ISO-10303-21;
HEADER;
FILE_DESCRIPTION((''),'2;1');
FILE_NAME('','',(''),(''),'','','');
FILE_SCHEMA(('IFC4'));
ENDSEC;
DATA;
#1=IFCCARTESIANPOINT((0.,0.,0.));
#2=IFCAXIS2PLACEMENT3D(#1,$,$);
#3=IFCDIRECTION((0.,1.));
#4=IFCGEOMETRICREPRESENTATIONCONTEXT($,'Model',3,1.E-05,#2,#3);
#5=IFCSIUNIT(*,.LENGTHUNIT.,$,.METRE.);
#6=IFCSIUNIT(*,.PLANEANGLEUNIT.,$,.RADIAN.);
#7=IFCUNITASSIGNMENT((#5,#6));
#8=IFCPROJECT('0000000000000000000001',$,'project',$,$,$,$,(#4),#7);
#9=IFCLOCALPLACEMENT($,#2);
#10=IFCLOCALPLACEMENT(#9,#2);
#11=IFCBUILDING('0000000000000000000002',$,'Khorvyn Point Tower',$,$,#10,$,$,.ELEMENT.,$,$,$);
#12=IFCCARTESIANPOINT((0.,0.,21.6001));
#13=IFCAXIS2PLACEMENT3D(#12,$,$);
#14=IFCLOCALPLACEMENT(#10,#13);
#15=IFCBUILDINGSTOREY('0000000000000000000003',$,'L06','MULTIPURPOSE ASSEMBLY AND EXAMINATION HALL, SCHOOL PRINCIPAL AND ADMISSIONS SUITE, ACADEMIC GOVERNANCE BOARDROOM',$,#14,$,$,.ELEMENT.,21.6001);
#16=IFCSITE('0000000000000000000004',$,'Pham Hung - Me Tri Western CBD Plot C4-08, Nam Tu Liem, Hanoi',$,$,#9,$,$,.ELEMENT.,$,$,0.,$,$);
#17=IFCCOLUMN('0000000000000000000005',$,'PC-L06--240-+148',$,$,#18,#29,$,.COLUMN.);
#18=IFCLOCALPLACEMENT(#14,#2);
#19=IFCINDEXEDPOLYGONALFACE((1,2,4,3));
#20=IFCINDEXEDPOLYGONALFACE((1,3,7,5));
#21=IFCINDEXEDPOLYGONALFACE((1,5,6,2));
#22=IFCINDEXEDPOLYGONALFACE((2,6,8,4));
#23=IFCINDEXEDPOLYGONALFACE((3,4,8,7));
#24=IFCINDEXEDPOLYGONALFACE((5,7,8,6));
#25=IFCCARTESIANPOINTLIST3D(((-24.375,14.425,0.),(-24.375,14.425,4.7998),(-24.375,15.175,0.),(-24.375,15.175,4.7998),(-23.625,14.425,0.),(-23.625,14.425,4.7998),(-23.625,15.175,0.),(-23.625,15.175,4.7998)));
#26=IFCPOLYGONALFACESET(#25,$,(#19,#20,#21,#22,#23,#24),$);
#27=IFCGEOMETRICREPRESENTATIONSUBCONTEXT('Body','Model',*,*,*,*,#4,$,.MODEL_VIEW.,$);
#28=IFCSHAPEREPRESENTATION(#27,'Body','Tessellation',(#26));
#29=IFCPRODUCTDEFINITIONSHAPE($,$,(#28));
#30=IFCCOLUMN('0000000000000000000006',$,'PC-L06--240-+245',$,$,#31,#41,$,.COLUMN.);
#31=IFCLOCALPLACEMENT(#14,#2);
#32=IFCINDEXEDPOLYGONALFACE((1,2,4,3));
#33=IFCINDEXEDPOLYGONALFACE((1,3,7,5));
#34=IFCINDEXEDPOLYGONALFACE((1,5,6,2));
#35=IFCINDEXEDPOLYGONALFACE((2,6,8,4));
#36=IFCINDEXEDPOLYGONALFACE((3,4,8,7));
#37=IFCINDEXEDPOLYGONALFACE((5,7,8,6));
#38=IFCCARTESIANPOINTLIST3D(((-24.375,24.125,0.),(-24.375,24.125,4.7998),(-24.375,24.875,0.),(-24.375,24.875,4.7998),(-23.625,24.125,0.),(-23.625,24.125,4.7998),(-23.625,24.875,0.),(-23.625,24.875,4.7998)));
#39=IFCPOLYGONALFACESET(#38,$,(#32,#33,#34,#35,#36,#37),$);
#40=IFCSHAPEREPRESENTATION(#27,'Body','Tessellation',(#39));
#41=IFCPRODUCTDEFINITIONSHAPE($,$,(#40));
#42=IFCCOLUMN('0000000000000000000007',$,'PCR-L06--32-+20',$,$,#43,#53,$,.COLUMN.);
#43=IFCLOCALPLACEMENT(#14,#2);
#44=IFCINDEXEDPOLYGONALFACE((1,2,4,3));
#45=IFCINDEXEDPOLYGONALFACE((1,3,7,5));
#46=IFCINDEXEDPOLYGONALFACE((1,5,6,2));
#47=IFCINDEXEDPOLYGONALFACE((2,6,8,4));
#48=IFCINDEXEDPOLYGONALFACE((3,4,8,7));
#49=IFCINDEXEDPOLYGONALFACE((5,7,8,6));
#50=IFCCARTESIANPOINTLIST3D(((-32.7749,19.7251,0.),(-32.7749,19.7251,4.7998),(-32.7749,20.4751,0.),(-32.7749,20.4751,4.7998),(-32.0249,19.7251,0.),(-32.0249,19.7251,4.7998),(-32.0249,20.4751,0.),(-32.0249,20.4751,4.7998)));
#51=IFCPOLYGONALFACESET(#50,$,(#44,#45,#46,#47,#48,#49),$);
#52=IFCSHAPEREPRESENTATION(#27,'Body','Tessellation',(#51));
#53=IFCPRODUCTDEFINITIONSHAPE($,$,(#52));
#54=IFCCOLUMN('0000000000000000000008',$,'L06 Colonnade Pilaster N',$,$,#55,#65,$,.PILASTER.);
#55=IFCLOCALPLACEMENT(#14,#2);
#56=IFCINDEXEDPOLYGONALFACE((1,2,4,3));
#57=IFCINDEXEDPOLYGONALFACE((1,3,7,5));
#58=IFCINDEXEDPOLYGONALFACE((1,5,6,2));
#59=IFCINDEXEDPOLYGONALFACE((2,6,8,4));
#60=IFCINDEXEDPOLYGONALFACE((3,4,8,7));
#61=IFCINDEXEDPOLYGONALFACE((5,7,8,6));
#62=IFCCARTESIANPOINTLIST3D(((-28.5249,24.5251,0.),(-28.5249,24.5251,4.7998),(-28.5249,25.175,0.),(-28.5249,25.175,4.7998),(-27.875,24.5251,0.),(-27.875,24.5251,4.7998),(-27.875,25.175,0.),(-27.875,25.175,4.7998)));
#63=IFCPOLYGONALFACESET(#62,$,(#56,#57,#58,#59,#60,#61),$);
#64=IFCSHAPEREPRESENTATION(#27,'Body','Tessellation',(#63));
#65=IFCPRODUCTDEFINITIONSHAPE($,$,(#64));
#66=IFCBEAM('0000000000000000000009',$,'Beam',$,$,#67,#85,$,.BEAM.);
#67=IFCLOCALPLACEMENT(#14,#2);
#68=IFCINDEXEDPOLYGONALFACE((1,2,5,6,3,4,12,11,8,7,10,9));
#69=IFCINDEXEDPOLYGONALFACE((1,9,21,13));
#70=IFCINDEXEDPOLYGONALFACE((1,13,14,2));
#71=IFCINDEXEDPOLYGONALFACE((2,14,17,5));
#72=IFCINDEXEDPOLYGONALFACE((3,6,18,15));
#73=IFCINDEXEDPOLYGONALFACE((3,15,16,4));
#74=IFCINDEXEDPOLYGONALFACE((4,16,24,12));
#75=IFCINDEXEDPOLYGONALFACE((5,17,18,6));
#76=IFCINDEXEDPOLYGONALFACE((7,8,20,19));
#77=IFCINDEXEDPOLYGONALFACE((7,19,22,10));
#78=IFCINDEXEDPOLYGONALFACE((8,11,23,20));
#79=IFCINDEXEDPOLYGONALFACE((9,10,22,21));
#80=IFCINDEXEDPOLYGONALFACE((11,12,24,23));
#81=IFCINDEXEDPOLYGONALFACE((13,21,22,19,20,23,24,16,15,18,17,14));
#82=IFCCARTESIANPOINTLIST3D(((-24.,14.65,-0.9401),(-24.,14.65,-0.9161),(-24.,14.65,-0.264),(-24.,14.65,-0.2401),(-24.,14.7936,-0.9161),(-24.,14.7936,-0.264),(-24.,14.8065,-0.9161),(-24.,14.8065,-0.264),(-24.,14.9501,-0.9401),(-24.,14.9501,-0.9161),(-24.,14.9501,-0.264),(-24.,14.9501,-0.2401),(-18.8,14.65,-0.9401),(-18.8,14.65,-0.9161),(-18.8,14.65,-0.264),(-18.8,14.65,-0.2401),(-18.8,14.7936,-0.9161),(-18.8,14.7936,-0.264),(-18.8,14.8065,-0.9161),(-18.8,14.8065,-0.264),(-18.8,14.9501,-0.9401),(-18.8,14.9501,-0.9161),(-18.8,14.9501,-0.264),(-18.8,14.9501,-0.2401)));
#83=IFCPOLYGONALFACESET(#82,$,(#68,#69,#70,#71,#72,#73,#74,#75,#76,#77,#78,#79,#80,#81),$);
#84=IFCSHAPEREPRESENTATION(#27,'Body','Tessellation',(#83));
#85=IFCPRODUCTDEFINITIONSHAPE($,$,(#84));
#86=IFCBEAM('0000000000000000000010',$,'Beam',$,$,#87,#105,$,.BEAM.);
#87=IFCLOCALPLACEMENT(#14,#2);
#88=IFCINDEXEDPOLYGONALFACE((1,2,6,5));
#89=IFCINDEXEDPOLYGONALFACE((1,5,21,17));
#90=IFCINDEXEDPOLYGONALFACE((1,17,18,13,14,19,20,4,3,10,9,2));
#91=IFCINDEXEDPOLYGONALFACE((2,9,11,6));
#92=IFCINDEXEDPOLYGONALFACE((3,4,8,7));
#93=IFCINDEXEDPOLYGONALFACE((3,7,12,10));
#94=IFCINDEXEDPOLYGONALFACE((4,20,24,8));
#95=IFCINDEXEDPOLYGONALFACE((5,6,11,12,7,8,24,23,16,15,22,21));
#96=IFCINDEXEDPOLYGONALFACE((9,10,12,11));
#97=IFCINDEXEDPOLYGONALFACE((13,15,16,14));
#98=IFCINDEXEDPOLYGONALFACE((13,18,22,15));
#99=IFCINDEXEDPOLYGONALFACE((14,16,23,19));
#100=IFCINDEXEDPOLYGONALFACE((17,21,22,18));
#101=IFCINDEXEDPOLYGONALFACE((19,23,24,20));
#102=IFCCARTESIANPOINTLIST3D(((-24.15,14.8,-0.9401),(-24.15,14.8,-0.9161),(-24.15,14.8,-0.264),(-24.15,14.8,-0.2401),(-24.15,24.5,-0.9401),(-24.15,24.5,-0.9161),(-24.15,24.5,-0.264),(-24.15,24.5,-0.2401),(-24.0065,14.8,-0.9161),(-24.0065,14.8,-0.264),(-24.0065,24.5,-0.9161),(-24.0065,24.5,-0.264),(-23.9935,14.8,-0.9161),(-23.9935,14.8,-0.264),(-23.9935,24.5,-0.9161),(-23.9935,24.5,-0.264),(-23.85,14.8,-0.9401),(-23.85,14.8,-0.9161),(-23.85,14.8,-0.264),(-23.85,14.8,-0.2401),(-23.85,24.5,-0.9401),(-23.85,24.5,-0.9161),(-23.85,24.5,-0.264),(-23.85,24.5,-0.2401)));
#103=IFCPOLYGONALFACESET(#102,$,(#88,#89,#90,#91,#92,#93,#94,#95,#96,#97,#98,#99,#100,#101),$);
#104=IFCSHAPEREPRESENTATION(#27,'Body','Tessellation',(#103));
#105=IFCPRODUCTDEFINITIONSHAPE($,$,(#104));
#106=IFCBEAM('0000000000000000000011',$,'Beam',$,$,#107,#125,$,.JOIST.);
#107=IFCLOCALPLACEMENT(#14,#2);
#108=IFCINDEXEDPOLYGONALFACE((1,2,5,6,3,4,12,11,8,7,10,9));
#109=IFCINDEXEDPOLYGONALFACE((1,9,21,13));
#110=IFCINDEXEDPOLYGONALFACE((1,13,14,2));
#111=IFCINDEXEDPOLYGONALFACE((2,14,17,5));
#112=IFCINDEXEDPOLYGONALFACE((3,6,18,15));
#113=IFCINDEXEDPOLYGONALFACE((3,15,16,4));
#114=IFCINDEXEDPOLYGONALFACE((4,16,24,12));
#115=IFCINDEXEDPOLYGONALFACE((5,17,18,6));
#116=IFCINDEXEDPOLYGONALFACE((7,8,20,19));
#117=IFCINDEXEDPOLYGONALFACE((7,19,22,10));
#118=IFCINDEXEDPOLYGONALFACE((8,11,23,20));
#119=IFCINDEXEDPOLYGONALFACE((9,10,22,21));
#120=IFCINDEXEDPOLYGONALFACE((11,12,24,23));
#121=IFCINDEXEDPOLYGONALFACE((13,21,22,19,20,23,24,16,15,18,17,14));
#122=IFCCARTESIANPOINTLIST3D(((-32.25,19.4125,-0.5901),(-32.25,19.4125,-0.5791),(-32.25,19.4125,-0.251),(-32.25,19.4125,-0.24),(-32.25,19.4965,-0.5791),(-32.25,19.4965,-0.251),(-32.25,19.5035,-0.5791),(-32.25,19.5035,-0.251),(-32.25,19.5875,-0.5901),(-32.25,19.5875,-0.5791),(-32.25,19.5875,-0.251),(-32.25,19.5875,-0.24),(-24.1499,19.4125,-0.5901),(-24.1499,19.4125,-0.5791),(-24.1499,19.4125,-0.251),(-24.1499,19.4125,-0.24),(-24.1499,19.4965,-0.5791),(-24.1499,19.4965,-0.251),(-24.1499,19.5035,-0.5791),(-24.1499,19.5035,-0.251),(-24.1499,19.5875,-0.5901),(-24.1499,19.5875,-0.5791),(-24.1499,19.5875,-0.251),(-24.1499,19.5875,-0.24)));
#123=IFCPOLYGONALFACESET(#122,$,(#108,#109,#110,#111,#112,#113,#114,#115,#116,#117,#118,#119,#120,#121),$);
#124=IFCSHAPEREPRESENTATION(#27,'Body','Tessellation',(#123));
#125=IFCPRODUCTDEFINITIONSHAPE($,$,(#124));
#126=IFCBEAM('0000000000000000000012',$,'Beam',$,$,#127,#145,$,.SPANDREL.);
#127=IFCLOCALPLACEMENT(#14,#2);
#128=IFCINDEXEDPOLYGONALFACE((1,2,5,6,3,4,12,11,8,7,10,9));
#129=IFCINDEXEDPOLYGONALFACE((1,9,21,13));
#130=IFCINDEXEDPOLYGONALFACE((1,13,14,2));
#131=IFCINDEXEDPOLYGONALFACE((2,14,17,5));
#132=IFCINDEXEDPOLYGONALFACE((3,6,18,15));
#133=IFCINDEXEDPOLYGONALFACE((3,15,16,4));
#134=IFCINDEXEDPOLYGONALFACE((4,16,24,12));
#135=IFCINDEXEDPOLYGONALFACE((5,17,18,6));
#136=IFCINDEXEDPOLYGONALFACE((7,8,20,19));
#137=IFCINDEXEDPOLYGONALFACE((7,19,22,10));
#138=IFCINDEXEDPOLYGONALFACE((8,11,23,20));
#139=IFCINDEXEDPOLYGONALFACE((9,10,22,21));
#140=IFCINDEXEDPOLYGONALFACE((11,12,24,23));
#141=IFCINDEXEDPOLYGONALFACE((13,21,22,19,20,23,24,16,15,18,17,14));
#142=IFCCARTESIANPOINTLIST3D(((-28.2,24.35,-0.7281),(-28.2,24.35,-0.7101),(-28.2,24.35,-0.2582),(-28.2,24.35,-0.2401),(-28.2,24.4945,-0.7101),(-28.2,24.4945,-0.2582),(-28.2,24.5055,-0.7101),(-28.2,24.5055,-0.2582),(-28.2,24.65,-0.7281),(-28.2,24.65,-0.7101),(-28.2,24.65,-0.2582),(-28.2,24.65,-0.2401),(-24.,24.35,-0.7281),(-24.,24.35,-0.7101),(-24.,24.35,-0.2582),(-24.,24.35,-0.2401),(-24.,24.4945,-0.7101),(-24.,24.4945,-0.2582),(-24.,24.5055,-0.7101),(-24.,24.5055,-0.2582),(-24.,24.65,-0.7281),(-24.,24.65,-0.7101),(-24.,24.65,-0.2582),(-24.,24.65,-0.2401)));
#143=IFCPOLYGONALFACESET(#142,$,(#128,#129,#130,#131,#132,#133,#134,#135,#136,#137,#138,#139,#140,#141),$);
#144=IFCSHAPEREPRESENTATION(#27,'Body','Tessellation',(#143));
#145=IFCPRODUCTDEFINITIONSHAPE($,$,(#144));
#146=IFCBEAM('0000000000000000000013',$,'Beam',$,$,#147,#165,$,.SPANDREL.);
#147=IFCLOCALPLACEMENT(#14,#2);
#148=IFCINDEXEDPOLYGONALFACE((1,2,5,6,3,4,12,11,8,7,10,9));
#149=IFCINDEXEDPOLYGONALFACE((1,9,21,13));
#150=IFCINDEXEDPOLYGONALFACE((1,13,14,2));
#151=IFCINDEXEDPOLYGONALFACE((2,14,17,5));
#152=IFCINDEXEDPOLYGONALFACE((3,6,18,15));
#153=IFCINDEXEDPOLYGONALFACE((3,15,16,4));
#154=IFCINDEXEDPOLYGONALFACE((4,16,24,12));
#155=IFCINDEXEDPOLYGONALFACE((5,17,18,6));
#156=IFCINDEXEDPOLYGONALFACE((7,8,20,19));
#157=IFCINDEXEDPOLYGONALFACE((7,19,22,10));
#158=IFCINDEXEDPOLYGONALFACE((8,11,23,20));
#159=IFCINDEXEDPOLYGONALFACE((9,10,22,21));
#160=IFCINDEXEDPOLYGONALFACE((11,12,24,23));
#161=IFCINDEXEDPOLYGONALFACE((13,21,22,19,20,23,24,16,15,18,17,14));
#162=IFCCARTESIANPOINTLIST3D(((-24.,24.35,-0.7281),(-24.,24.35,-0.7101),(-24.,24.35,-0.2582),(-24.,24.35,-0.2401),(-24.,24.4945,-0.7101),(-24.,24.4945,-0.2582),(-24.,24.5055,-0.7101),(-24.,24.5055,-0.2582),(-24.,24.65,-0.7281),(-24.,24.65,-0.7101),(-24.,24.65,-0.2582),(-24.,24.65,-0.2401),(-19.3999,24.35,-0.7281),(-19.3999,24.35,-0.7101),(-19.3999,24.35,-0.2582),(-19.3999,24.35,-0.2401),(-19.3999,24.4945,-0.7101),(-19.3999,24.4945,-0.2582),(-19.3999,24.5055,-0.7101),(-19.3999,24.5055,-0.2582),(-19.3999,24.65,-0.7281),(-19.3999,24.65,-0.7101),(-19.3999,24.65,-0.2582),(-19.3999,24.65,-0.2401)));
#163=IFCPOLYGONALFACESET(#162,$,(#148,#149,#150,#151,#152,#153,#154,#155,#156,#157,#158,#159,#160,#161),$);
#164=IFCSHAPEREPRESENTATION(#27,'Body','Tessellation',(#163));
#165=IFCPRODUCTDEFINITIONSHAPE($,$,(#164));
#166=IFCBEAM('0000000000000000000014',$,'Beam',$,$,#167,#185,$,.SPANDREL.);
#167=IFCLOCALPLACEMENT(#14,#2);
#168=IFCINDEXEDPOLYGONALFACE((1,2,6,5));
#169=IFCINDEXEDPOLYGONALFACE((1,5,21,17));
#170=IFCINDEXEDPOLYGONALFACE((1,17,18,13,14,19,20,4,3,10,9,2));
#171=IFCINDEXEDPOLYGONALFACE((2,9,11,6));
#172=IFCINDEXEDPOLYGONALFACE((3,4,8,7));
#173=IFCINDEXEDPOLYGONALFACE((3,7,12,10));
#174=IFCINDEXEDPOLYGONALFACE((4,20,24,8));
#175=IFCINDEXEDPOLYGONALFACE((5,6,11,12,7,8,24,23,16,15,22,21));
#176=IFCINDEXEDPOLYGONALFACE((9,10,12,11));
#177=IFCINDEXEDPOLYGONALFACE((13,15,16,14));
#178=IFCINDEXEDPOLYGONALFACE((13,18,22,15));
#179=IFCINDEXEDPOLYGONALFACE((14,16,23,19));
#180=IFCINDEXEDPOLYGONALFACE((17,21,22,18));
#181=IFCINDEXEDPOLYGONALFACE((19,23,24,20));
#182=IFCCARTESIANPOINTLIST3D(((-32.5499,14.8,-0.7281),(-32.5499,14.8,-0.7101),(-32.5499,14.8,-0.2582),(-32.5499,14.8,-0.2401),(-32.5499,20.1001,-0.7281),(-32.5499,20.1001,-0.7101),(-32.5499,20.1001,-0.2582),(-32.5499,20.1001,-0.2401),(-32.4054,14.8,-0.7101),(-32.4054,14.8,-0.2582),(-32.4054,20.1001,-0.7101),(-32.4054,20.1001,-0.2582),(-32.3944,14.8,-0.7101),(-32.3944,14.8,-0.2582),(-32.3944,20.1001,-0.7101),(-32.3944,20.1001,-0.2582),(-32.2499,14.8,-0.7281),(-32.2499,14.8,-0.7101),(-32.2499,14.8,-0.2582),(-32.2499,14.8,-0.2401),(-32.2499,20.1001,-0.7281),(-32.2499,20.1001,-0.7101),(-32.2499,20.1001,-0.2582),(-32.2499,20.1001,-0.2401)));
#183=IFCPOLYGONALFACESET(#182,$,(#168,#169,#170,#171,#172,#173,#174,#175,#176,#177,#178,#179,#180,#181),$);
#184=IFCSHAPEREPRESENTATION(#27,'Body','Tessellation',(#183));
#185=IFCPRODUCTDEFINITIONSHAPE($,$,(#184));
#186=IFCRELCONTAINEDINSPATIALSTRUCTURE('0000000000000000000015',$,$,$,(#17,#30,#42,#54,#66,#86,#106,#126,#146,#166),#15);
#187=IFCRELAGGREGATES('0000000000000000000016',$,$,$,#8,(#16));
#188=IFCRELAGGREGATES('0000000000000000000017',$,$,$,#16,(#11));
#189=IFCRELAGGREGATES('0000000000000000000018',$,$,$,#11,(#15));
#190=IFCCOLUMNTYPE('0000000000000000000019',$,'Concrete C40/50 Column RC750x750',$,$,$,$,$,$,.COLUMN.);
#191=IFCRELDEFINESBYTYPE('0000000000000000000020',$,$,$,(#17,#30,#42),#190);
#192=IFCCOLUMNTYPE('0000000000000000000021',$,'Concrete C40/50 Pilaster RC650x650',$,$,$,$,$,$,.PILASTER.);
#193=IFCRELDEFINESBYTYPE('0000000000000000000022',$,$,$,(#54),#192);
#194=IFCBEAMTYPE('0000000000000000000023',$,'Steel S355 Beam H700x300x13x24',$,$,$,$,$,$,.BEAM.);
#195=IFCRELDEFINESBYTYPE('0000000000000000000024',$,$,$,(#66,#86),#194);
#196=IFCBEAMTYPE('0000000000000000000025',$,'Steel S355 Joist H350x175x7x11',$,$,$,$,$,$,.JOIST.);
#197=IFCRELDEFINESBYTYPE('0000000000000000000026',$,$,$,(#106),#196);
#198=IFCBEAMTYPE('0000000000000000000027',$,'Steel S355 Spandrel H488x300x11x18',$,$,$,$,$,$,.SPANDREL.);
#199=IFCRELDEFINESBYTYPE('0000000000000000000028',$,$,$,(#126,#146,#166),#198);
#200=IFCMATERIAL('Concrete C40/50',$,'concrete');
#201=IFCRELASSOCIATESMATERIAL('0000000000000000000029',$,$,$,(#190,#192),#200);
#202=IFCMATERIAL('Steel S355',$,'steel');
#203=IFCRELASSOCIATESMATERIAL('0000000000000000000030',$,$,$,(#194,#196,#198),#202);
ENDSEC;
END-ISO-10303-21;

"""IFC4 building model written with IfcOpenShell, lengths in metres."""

from ifc_helpers import new_model, si_unit, direction, frame, origin, origin_2d, place, context, subcontext, project, spatial, rectangle, i_section, extrude, material, material_profile, profile_set, type_object, element, save


model = new_model("IFC4")

# Units and contexts
model_context = context("Model", 3, precision=1e-05, world=origin(), true_north=direction((0.0, 1.0)))
body_context = subcontext(model_context, "Body", "Model", "MODEL_VIEW")
ifc_project = project(units=[si_unit("LENGTHUNIT", "METRE"), si_unit("PLANEANGLEUNIT", "RADIAN")], contexts=[model_context])

# Site, building, storey
site_placement = place(None, origin())
site = spatial("IfcSite", under=ifc_project, at=site_placement, Name="Pham Hung - Me Tri Western CBD Plot C4-08, Nam Tu Liem, Hanoi", CompositionType="ELEMENT", RefElevation=0.0)
building_placement = place(site_placement, origin())
building = spatial("IfcBuilding", under=site, at=building_placement, Name="Khorvyn Point Tower", CompositionType="ELEMENT")
storey_placement = place(building_placement, frame((0.0, 0.0, 21.6001)))
storey = spatial("IfcBuildingStorey", under=building, at=storey_placement, Name="L06", Description="MULTIPURPOSE ASSEMBLY AND EXAMINATION HALL, SCHOOL PRINCIPAL AND ADMISSIONS SUITE, ACADEMIC GOVERNANCE BOARDROOM", CompositionType="ELEMENT", Elevation=21.6001)

# Columns
ifc_material_1 = material(Name="Concrete C40/50", Category="concrete")
ifc_material_profile_1 = material_profile(ifc_material_1, rectangle(XDim=0.75, YDim=0.75, at=origin_2d()))
ifc_profile_set_1 = profile_set([ifc_material_profile_1], Name="Concrete C40/50 RC750x750")
column_type_1 = type_object("IfcColumnType", Name="Concrete C40/50 Column RC750x750", PredefinedType="COLUMN", material=ifc_profile_set_1)
for number, where, z_axis, x_axis, name in (
    (1, (-24.0, 14.8, 0.0), (0.0, 0.0, 1.0), (1.0, 0.0, 0.0), "PC-L06--240-+148"),
    (2, (-24.0, 24.5, 0.0), (0.0, 0.0, 1.0), (1.0, 0.0, 0.0), "PC-L06--240-+245"),
    (3, (-32.3999, 20.1001, 0.0), (0.0, 0.0, 1.0), (1.0, 0.0, 0.0), "PCR-L06--32-+20"),
):
    element("IfcColumn", number, at=place(storey_placement, frame(where, z_axis=z_axis, x_axis=x_axis)), inside=storey, type_object=column_type_1, Name=name, PredefinedType="COLUMN", context=body_context, shape_type="SweptSolid", body=[
        extrude(rectangle(XDim=0.75, YDim=0.75, at=origin_2d()), origin(), (0.0, 0.0, 1.0), 4.7998),
    ])
ifc_material_profile_2 = material_profile(ifc_material_1, rectangle(XDim=0.6499, YDim=0.6499, at=origin_2d()))
ifc_profile_set_2 = profile_set([ifc_material_profile_2], Name="Concrete C40/50 RC650x650")
column_type_2 = type_object("IfcColumnType", Name="Concrete C40/50 Pilaster RC650x650", PredefinedType="PILASTER", material=ifc_profile_set_2)
column_placement = place(storey_placement, frame((-28.2, 24.8501, 0.0), z_axis=(0.0, 0.0, 1.0), x_axis=(1.0, 0.0, 0.0)))
element("IfcColumn", 4, at=column_placement, inside=storey, type_object=column_type_2, Name="L06 Colonnade Pilaster N", PredefinedType="PILASTER", context=body_context, shape_type="SweptSolid", body=[
    extrude(rectangle(XDim=0.6499, YDim=0.6499, at=origin_2d()), origin(), (0.0, 0.0, 1.0), 4.7998),
])

# Beams
ifc_material_2 = material(Name="Steel S355", Category="steel")
ifc_material_profile_3 = material_profile(ifc_material_2, i_section(OverallWidth=0.3, OverallDepth=0.7, WebThickness=0.0129, FlangeThickness=0.0239, at=origin_2d()))
ifc_profile_set_3 = profile_set([ifc_material_profile_3], Name="Steel S355 H700x300x13x24")
beam_type_1 = type_object("IfcBeamType", Name="Steel S355 Beam H700x300x13x24", PredefinedType="BEAM", material=ifc_profile_set_3)
beam_1_placement = place(storey_placement, frame((-24.0, 14.8, -0.5901), z_axis=(1.0, 0.0, 0.0), x_axis=(0.0, 1.0, 0.0)))
element("IfcBeam", 5, at=beam_1_placement, inside=storey, type_object=beam_type_1, Name="Beam", PredefinedType="BEAM", context=body_context, shape_type="SweptSolid", body=[
    extrude(i_section(OverallWidth=0.3, OverallDepth=0.7, WebThickness=0.0129, FlangeThickness=0.0239, at=origin_2d()), origin(), (0.0, 0.0, 1.0), 5.2),
])
beam_2_placement = place(storey_placement, frame((-24.0, 14.8, -0.5901), z_axis=(0.0, 1.0, 0.0), x_axis=(-1.0, 0.0, 0.0)))
element("IfcBeam", 6, at=beam_2_placement, inside=storey, type_object=beam_type_1, Name="Beam", PredefinedType="BEAM", context=body_context, shape_type="SweptSolid", body=[
    extrude(i_section(OverallWidth=0.3, OverallDepth=0.7, WebThickness=0.0129, FlangeThickness=0.0239, at=origin_2d()), origin(), (0.0, 0.0, 1.0), 9.7),
])
ifc_material_profile_4 = material_profile(ifc_material_2, i_section(OverallWidth=0.175, OverallDepth=0.3501, WebThickness=0.0071, FlangeThickness=0.011, at=origin_2d()))
ifc_profile_set_4 = profile_set([ifc_material_profile_4], Name="Steel S355 H350x175x7x11")
beam_type_2 = type_object("IfcBeamType", Name="Steel S355 Joist H350x175x7x11", PredefinedType="JOIST", material=ifc_profile_set_4)
beam_3_placement = place(storey_placement, frame((-32.25, 19.5, -0.415), z_axis=(1.0, 0.0, 0.0), x_axis=(0.0, 1.0, 0.0)))
element("IfcBeam", 7, at=beam_3_placement, inside=storey, type_object=beam_type_2, Name="Beam", PredefinedType="JOIST", context=body_context, shape_type="SweptSolid", body=[
    extrude(i_section(OverallWidth=0.175, OverallDepth=0.3501, WebThickness=0.0071, FlangeThickness=0.011, at=origin_2d()), origin(), (0.0, 0.0, 1.0), 8.1001),
])
ifc_material_profile_5 = material_profile(ifc_material_2, i_section(OverallWidth=0.3, OverallDepth=0.488, WebThickness=0.011, FlangeThickness=0.0181, at=origin_2d()))
ifc_profile_set_5 = profile_set([ifc_material_profile_5], Name="Steel S355 H488x300x11x18")
beam_type_3 = type_object("IfcBeamType", Name="Steel S355 Spandrel H488x300x11x18", PredefinedType="SPANDREL", material=ifc_profile_set_5)
beam_4_placement = place(storey_placement, frame((-28.2, 24.5, -0.4841), z_axis=(1.0, 0.0, 0.0), x_axis=(0.0, 1.0, 0.0)))
element("IfcBeam", 8, at=beam_4_placement, inside=storey, type_object=beam_type_3, Name="Beam", PredefinedType="SPANDREL", context=body_context, shape_type="SweptSolid", body=[
    extrude(i_section(OverallWidth=0.3, OverallDepth=0.488, WebThickness=0.011, FlangeThickness=0.0181, at=origin_2d()), origin(), (0.0, 0.0, 1.0), 4.2),
])
beam_5_placement = place(storey_placement, frame((-24.0, 24.5, -0.4841), z_axis=(1.0, 0.0, 0.0), x_axis=(0.0, 1.0, 0.0)))
element("IfcBeam", 9, at=beam_5_placement, inside=storey, type_object=beam_type_3, Name="Beam", PredefinedType="SPANDREL", context=body_context, shape_type="SweptSolid", body=[
    extrude(i_section(OverallWidth=0.3, OverallDepth=0.488, WebThickness=0.011, FlangeThickness=0.0181, at=origin_2d()), origin(), (0.0, 0.0, 1.0), 4.6001),
])
beam_6_placement = place(storey_placement, frame((-32.3999, 14.8, -0.4841), z_axis=(0.0, 1.0, 0.0), x_axis=(-1.0, 0.0, 0.0)))
element("IfcBeam", 10, at=beam_6_placement, inside=storey, type_object=beam_type_3, Name="Beam", PredefinedType="SPANDREL", context=body_context, shape_type="SweptSolid", body=[
    extrude(i_section(OverallWidth=0.3, OverallDepth=0.488, WebThickness=0.011, FlangeThickness=0.0181, at=origin_2d()), origin(), (0.0, 0.0, 1.0), 5.3),
])

save(model, "model.ifc")
